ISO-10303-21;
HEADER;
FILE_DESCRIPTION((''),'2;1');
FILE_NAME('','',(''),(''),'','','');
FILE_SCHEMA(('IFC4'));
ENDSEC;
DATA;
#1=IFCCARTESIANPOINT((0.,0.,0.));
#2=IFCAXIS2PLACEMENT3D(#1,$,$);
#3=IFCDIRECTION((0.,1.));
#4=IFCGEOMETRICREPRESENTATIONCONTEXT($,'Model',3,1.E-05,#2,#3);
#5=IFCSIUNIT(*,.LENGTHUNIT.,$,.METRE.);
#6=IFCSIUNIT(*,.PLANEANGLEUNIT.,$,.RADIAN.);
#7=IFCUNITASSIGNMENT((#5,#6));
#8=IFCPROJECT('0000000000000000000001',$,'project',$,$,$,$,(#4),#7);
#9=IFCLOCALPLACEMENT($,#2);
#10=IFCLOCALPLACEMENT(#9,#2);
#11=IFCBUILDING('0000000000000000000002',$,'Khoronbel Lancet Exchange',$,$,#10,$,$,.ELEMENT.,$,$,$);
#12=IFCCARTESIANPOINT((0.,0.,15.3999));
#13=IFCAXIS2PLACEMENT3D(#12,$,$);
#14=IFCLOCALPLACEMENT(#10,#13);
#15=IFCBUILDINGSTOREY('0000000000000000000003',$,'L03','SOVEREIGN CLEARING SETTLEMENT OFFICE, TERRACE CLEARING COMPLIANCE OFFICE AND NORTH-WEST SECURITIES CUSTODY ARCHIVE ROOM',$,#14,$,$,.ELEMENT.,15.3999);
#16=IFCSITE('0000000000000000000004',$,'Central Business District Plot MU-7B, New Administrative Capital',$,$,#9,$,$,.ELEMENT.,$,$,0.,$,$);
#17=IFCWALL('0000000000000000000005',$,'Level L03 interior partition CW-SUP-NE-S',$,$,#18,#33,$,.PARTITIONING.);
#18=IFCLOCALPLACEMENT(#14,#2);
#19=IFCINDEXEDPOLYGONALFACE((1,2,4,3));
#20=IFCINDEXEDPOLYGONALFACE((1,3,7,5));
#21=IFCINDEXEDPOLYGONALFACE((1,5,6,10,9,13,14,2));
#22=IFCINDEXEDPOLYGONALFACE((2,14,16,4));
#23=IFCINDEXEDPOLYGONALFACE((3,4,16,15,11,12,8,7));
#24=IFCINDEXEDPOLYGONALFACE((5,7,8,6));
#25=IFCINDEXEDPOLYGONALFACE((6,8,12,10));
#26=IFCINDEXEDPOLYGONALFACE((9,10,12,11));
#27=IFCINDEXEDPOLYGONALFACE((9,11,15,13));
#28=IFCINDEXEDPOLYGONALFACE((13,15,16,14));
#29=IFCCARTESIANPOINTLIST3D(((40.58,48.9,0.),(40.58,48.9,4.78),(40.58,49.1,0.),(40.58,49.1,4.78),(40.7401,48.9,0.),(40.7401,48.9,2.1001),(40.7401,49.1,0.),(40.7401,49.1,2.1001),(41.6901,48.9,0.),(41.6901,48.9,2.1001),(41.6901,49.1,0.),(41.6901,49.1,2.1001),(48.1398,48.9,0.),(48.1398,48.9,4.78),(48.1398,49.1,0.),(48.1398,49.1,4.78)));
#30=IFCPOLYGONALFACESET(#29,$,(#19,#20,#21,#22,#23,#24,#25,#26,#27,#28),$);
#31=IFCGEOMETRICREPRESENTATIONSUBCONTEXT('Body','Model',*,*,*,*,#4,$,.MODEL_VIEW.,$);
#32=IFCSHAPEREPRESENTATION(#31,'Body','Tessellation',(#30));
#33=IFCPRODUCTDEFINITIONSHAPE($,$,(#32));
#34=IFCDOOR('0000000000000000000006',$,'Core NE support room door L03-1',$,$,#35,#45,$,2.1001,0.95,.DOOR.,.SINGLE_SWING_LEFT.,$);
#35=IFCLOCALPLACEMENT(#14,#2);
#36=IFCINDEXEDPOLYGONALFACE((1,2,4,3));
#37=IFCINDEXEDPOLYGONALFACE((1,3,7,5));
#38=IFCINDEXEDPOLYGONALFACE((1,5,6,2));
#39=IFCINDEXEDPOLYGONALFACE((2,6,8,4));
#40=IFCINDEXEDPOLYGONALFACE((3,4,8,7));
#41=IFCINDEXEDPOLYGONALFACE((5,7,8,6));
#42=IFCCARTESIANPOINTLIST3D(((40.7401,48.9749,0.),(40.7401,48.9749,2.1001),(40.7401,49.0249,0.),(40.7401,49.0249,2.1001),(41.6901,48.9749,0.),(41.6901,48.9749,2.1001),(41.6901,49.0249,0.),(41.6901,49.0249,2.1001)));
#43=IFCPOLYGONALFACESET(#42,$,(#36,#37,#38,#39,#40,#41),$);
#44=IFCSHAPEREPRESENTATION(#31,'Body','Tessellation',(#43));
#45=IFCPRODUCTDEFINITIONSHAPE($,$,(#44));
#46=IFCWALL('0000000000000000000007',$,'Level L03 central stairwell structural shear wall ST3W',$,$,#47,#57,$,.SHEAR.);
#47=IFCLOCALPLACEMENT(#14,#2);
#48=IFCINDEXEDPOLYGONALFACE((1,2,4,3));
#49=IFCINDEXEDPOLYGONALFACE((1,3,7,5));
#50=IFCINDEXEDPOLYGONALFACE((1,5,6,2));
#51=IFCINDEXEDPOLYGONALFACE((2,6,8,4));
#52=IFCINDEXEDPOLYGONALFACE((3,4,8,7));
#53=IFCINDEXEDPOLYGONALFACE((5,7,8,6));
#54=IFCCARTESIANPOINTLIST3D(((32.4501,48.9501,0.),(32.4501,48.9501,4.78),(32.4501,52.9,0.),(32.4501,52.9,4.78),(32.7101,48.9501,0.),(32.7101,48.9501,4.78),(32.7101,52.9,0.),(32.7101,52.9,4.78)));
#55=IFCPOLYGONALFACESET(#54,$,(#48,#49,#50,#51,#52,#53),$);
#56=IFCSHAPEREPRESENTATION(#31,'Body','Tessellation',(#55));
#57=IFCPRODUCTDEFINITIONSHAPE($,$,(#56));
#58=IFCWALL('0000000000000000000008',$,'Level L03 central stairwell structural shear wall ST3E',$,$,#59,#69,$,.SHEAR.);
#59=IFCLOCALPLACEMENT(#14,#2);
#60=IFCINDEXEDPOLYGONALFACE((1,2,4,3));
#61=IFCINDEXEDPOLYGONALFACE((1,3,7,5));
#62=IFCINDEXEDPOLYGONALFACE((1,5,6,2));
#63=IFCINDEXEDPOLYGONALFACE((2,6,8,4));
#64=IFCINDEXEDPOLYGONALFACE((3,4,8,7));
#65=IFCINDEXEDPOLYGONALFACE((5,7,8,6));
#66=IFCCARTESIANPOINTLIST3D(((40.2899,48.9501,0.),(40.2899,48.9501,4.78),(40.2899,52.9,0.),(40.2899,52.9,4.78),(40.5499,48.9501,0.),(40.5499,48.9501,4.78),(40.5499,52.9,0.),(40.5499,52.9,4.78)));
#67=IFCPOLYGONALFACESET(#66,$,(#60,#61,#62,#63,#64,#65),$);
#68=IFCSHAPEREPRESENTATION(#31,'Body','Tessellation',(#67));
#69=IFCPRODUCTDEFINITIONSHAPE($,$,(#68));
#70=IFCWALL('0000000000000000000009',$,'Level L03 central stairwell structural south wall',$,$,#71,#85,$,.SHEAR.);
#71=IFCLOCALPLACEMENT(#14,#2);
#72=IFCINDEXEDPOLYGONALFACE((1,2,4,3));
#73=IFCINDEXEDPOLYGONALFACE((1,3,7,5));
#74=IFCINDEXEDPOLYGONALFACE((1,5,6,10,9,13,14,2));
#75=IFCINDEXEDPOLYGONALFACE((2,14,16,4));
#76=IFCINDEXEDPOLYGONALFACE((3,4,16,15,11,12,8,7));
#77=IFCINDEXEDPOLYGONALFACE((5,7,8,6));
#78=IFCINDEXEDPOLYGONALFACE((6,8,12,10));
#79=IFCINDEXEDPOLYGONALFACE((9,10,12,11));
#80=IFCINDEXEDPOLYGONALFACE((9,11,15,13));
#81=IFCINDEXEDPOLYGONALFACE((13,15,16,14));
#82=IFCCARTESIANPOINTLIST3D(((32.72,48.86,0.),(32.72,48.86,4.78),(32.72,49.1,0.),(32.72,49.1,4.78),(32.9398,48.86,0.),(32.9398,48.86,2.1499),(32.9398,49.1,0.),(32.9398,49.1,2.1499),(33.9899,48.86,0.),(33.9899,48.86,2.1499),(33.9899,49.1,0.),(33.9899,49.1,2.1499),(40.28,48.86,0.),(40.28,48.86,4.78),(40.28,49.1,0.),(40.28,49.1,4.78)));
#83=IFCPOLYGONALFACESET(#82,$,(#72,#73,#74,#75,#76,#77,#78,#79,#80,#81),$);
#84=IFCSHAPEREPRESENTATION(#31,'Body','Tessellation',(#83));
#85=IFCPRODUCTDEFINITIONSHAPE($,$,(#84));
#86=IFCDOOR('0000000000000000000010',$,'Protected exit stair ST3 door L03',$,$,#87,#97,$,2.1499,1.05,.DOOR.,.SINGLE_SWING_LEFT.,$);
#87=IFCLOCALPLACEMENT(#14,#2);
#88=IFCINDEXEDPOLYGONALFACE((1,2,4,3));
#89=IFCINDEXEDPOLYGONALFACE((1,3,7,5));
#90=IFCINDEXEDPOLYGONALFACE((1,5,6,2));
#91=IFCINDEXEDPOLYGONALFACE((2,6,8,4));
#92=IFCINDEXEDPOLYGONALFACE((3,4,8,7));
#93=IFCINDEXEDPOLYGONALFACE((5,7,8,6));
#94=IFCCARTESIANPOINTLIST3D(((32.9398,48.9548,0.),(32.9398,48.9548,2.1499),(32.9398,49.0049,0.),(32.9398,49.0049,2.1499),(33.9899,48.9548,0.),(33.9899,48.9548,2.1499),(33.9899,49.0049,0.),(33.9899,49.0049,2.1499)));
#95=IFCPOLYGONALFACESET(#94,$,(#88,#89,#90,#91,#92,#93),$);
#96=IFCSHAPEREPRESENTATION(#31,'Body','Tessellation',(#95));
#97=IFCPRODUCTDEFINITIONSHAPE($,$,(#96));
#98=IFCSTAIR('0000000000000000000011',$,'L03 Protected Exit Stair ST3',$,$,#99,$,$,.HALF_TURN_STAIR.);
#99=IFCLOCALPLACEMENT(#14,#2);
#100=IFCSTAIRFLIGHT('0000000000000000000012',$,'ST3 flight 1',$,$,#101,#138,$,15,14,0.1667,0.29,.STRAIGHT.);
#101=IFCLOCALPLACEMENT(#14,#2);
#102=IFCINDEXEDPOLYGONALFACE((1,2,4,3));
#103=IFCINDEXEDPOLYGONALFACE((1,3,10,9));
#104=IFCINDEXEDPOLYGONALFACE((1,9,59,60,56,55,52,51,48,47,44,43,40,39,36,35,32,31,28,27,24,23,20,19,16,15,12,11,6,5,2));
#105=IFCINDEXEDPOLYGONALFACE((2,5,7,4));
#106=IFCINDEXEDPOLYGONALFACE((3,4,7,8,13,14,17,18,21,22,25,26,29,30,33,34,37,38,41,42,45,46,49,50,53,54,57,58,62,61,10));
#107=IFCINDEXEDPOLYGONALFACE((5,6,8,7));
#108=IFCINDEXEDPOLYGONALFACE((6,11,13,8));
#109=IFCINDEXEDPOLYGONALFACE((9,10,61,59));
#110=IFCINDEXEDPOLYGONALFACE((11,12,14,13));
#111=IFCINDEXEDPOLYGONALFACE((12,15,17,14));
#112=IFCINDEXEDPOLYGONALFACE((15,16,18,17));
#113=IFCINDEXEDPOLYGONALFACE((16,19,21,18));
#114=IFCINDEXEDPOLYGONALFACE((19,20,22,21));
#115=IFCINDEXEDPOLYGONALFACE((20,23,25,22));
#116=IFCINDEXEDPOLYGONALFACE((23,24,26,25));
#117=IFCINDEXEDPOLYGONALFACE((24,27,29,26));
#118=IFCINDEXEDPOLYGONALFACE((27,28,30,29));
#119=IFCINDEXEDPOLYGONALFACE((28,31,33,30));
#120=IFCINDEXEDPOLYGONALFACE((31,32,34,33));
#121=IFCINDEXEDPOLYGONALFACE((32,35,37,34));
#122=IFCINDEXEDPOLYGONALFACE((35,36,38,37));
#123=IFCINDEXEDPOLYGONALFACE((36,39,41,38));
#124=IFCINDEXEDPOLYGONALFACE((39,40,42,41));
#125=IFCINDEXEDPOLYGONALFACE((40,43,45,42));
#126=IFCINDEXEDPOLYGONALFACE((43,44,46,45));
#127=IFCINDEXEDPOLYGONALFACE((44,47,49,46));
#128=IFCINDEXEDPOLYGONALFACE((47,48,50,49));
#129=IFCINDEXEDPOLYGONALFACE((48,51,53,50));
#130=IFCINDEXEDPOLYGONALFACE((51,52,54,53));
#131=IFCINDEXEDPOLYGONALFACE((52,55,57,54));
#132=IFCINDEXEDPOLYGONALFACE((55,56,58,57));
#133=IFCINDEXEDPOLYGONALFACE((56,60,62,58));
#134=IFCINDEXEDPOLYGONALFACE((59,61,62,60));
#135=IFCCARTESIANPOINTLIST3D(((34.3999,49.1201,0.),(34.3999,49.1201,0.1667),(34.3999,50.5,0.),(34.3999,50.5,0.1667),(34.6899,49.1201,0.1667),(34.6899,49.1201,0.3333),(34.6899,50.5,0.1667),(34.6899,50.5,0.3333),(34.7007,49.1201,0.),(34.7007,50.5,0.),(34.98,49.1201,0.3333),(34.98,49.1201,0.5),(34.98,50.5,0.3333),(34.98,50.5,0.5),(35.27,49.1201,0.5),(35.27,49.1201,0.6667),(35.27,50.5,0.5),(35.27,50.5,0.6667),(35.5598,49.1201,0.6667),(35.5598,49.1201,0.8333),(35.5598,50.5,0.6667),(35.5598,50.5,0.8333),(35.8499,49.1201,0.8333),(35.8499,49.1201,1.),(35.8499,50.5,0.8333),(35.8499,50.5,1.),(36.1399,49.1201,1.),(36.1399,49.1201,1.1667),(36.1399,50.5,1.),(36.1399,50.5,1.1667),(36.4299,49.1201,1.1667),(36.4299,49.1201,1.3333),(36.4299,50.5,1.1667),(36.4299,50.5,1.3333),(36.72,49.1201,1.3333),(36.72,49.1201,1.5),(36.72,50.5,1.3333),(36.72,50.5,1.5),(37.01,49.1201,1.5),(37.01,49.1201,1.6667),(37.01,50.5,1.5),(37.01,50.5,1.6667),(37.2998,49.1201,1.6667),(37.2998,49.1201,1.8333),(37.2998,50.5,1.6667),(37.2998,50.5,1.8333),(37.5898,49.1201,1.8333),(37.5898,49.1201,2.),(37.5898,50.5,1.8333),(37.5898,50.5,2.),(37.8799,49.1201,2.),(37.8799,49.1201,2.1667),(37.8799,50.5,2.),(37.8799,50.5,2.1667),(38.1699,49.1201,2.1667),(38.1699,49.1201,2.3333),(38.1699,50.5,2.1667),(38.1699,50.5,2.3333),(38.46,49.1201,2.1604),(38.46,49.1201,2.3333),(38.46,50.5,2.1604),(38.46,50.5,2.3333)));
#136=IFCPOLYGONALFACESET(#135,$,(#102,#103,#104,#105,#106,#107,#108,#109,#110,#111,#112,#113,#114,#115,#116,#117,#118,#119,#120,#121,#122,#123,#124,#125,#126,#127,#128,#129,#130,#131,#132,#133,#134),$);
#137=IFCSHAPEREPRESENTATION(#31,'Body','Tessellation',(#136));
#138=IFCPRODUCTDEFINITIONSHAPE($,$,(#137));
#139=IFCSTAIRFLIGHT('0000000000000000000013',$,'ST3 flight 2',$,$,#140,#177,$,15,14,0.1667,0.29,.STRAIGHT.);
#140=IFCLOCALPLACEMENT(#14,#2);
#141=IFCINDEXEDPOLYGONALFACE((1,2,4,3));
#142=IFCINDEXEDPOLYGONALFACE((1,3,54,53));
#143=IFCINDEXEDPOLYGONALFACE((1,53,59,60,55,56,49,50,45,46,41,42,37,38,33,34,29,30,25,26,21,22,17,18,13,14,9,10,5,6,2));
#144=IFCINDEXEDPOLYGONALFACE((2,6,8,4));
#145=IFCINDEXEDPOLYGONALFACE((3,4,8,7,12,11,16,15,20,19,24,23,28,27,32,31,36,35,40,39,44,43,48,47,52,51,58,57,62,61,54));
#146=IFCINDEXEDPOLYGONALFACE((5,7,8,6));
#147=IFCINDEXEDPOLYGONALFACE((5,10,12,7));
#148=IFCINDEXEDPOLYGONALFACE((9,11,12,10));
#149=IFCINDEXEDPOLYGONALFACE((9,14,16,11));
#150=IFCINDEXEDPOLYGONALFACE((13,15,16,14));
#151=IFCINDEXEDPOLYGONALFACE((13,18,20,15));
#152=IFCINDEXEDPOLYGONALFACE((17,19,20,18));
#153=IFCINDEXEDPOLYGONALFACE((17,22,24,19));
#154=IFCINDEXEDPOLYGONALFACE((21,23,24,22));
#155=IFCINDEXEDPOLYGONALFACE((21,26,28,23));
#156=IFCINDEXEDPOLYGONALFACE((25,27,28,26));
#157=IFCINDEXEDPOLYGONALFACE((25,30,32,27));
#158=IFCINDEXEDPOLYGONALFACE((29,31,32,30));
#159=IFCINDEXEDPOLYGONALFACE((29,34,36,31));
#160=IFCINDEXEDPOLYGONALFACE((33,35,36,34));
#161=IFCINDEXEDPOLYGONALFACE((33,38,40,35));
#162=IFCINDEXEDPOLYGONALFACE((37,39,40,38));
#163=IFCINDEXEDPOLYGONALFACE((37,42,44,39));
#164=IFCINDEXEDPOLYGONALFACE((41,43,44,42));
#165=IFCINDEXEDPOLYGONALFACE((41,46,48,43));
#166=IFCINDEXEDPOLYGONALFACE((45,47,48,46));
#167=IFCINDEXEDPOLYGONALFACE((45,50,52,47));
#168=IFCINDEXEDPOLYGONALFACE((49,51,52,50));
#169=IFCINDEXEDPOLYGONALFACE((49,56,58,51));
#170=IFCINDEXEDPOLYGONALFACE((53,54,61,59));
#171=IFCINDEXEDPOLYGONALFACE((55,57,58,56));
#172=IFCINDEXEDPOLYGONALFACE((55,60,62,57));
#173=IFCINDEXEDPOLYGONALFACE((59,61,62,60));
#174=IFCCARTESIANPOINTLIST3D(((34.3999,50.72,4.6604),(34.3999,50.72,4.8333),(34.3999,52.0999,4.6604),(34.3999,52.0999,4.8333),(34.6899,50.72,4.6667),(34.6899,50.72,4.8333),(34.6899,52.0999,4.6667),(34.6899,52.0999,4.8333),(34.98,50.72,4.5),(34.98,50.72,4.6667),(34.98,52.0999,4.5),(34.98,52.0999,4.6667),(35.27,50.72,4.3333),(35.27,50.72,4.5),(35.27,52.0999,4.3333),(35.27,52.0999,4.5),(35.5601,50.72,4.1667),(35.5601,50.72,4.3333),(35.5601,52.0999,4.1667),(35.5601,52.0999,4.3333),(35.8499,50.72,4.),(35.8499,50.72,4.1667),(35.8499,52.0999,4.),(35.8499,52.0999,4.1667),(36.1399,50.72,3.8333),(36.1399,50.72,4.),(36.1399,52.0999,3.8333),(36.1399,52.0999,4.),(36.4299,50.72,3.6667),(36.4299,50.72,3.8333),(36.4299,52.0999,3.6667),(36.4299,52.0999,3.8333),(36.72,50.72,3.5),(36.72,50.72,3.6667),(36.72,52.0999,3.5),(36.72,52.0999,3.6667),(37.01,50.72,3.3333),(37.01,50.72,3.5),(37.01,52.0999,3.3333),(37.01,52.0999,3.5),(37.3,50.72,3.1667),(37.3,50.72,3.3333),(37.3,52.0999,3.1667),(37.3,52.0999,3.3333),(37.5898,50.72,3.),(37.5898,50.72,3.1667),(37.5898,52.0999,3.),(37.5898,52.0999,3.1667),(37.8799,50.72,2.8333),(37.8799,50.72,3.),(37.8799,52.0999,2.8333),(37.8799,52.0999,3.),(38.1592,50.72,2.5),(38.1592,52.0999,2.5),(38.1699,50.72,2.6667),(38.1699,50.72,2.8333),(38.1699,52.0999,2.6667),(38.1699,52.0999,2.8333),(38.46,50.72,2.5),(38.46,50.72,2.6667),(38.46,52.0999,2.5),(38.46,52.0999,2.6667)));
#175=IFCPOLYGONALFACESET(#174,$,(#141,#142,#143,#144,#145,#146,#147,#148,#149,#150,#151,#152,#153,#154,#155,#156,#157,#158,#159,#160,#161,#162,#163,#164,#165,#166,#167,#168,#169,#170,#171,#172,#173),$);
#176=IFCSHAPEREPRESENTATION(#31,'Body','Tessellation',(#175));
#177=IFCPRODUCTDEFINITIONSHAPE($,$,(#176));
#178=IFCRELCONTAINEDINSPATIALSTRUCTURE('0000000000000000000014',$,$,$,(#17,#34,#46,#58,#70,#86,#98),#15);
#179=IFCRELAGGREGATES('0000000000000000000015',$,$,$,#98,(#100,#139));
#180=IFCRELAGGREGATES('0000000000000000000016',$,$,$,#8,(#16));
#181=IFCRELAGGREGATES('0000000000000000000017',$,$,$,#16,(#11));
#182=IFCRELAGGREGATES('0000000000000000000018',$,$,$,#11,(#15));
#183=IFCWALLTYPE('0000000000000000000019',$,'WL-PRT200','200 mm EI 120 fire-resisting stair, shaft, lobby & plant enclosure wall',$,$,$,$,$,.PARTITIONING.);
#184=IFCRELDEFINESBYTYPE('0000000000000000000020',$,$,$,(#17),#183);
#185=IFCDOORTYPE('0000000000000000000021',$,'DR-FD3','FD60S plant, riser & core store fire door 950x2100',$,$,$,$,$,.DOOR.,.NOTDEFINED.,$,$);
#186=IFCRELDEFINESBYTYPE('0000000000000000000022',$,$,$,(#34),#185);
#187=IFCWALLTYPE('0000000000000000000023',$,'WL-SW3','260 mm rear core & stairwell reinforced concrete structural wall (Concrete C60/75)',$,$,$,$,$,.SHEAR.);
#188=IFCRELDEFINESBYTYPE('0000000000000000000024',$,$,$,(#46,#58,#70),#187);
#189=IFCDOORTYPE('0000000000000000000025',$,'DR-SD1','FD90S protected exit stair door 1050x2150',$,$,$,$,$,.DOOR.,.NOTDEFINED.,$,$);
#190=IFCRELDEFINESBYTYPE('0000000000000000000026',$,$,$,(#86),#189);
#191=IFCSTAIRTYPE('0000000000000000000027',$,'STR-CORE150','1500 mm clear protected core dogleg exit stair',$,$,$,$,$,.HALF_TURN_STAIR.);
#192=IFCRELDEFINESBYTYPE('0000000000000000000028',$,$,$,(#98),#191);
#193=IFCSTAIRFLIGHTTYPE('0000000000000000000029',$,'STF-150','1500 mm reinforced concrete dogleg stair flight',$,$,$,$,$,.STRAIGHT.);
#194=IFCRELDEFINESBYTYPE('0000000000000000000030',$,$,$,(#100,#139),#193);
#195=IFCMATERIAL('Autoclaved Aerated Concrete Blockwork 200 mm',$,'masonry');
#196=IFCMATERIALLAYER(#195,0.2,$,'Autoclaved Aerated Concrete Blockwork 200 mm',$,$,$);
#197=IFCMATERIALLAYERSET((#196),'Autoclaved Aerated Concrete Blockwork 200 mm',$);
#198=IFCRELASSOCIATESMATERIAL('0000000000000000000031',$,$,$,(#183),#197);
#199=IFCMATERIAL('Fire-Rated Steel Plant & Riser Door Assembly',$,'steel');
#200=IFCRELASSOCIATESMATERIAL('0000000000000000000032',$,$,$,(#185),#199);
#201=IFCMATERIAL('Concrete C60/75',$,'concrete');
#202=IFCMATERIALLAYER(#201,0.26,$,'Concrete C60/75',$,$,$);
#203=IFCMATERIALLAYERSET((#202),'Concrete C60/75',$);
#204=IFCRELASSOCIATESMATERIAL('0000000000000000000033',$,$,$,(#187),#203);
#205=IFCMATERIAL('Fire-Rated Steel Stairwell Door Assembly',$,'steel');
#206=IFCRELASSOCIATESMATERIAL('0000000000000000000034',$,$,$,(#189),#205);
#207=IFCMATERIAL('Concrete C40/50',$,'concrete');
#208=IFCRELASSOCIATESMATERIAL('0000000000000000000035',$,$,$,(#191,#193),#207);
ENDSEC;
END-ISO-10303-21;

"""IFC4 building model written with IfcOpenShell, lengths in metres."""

from ifc_helpers import new_model, si_unit, direction, frame, frame_2d, origin, place, context, subcontext, project, spatial, polyline, rectangle, outline, extrude, material, layer, layer_set, type_object, element, fill, aggregate, save


model = new_model("IFC4")

# Units and contexts
model_context = context("Model", 3, precision=1e-05, world=origin(), true_north=direction((0.0, 1.0)))
body_context = subcontext(model_context, "Body", "Model", "MODEL_VIEW")
ifc_project = project(units=[si_unit("LENGTHUNIT", "METRE"), si_unit("PLANEANGLEUNIT", "RADIAN")], contexts=[model_context])

# Site, building, storey
site_placement = place(None, origin())
site = spatial("IfcSite", under=ifc_project, at=site_placement, Name="Central Business District Plot MU-7B, New Administrative Capital", CompositionType="ELEMENT", RefElevation=0.0)
building_placement = place(site_placement, origin())
building = spatial("IfcBuilding", under=site, at=building_placement, Name="Khoronbel Lancet Exchange", CompositionType="ELEMENT")
storey_placement = place(building_placement, frame((0.0, 0.0, 15.3999)))
storey = spatial("IfcBuildingStorey", under=building, at=storey_placement, Name="L03", Description="SOVEREIGN CLEARING SETTLEMENT OFFICE, TERRACE CLEARING COMPLIANCE OFFICE AND NORTH-WEST SECURITIES CUSTODY ARCHIVE ROOM", CompositionType="ELEMENT", Elevation=15.3999)

# Shared definitions
ifc_material_1 = material(Name="Autoclaved Aerated Concrete Blockwork 200 mm", Category="masonry")
ifc_layer_1 = layer(ifc_material_1, 0.2, Name="Autoclaved Aerated Concrete Blockwork 200 mm")
ifc_layer_set_1 = layer_set([ifc_layer_1], Name="Autoclaved Aerated Concrete Blockwork 200 mm")
wall_type_1 = type_object("IfcWallType", Name="WL-PRT200", Description="200 mm EI 120 fire-resisting stair, shaft, lobby & plant enclosure wall", PredefinedType="PARTITIONING", material=ifc_layer_set_1)

# Wall, opening, door
wall_1_placement = place(storey_placement, frame((40.5801, 49.0, 0.0), z_axis=(0.0, 0.0, 1.0), x_axis=(1.0, 0.0, 0.0)))
wall_1 = element("IfcWall", 1, at=wall_1_placement, inside=storey, type_object=wall_type_1, Name="Level L03 interior partition CW-SUP-NE-S", PredefinedType="PARTITIONING", context=body_context, shape_type="SweptSolid", body=[
    extrude(rectangle(XDim=7.5598, YDim=0.2, at=frame_2d((3.7798, 0.0))), origin(), (0.0, 0.0, 1.0), 4.78),
])
opening_1_placement = place(wall_1_placement, frame((0.1599, 0.0, 0.0)))
opening_1 = element("IfcOpeningElement", 2, at=opening_1_placement, cuts=wall_1, PredefinedType="OPENING", context=body_context, shape_type="SweptSolid", body=[
    extrude(rectangle(XDim=0.95, YDim=2.1001, at=frame_2d((0.4751, 1.05))), frame((0.0, 0.1099, 0.0), z_axis=(0.0, -1.0, 0.0), x_axis=(1.0, 0.0, 0.0)), (0.0, 0.0, 1.0), 0.22),
])
ifc_material_2 = material(Name="Fire-Rated Steel Plant & Riser Door Assembly", Category="steel")
door_type_1 = type_object("IfcDoorType", Name="DR-FD3", Description="FD60S plant, riser & core store fire door 950x2100", OperationType="NOTDEFINED", PredefinedType="DOOR", material=ifc_material_2)
door_1_placement = place(opening_1_placement, origin())
door_1 = element("IfcDoor", 3, at=door_1_placement, inside=storey, type_object=door_type_1, Name="Core NE support room door L03-1", OperationType="SINGLE_SWING_LEFT", OverallHeight=2.1001, OverallWidth=0.95, PredefinedType="DOOR", context=body_context, shape_type="SweptSolid", body=[
    extrude(rectangle(XDim=0.95, YDim=2.1001, at=frame_2d((0.4751, 1.05))), frame((0.0, 0.0249, 0.0), z_axis=(0.0, -1.0, 0.0), x_axis=(1.0, 0.0, 0.0)), (0.0, 0.0, 1.0), 0.05),
])
fill(opening_1, door_1)

# Walls
ifc_material_3 = material(Name="Concrete C60/75", Category="concrete")
ifc_layer_2 = layer(ifc_material_3, 0.26, Name="Concrete C60/75")
ifc_layer_set_2 = layer_set([ifc_layer_2], Name="Concrete C60/75")
wall_type_2 = type_object("IfcWallType", Name="WL-SW3", Description="260 mm rear core & stairwell reinforced concrete structural wall (Concrete C60/75)", PredefinedType="SHEAR", material=ifc_layer_set_2)
for number, where, z_axis, x_axis, name in (
    (4, (32.5801, 48.95, 0.0), (0.0, 0.0, 1.0), (0.0, 1.0, 0.0), "Level L03 central stairwell structural shear wall ST3W"),
    (5, (40.4199, 48.95, 0.0), (0.0, 0.0, 1.0), (0.0, 1.0, 0.0), "Level L03 central stairwell structural shear wall ST3E"),
):
    element("IfcWall", number, at=place(storey_placement, frame(where, z_axis=z_axis, x_axis=x_axis)), inside=storey, type_object=wall_type_2, Name=name, PredefinedType="SHEAR", context=body_context, shape_type="SweptSolid", body=[
        extrude(rectangle(XDim=3.95, YDim=0.26, at=frame_2d((1.9751, 0.0))), origin(), (0.0, 0.0, 1.0), 4.78),
    ])

# Wall, opening, door
wall_2_placement = place(storey_placement, frame((32.72, 48.98, 0.0), z_axis=(0.0, 0.0, 1.0), x_axis=(1.0, 0.0, 0.0)))
wall_2 = element("IfcWall", 6, at=wall_2_placement, inside=storey, type_object=wall_type_2, Name="Level L03 central stairwell structural south wall", PredefinedType="SHEAR", context=body_context, shape_type="SweptSolid", body=[
    extrude(rectangle(XDim=7.5601, YDim=0.24, at=frame_2d((3.78, 0.0))), origin(), (0.0, 0.0, 1.0), 4.78),
])
opening_2_placement = place(wall_2_placement, frame((0.22, 0.0, 0.0)))
opening_2 = element("IfcOpeningElement", 7, at=opening_2_placement, cuts=wall_2, PredefinedType="OPENING", context=body_context, shape_type="SweptSolid", body=[
    extrude(rectangle(XDim=1.05, YDim=2.1499, at=frame_2d((0.5249, 1.075))), frame((0.0, 0.1299, 0.0), z_axis=(0.0, -1.0, 0.0), x_axis=(1.0, 0.0, 0.0)), (0.0, 0.0, 1.0), 0.26),
])
ifc_material_4 = material(Name="Fire-Rated Steel Stairwell Door Assembly", Category="steel")
door_type_2 = type_object("IfcDoorType", Name="DR-SD1", Description="FD90S protected exit stair door 1050x2150", OperationType="NOTDEFINED", PredefinedType="DOOR", material=ifc_material_4)
door_2_placement = place(opening_2_placement, origin())
door_2 = element("IfcDoor", 8, at=door_2_placement, inside=storey, type_object=door_type_2, Name="Protected exit stair ST3 door L03", OperationType="SINGLE_SWING_LEFT", OverallHeight=2.1499, OverallWidth=1.05, PredefinedType="DOOR", context=body_context, shape_type="SweptSolid", body=[
    extrude(rectangle(XDim=1.05, YDim=2.1499, at=frame_2d((0.5249, 1.075))), frame((0.0, 0.0249, 0.0), z_axis=(0.0, -1.0, 0.0), x_axis=(1.0, 0.0, 0.0)), (0.0, 0.0, 1.0), 0.05),
])
fill(opening_2, door_2)

# Stair, stair flights
ifc_material_5 = material(Name="Concrete C40/50", Category="concrete")
stair_type = type_object("IfcStairType", Name="STR-CORE150", Description="1500 mm clear protected core dogleg exit stair", PredefinedType="HALF_TURN_STAIR", material=ifc_material_5)
stair_placement = place(storey_placement, origin())
stair = element("IfcStair", 9, at=stair_placement, inside=storey, type_object=stair_type, Name="L03 Protected Exit Stair ST3", PredefinedType="HALF_TURN_STAIR")
stair_flight_type = type_object("IfcStairFlightType", Name="STF-150", Description="1500 mm reinforced concrete dogleg stair flight", PredefinedType="STRAIGHT", material=ifc_material_5)
stair_flight_1_placement = place(storey_placement, frame((34.3999, 49.8101, 0.0), z_axis=(0.0, 0.0, 1.0), x_axis=(1.0, 0.0, 0.0)))
stair_flight_1 = element("IfcStairFlight", 10, at=stair_flight_1_placement, type_object=stair_flight_type, Name="ST3 flight 1", NumberOfRisers=15, NumberOfTreads=14, PredefinedType="STRAIGHT", RiserHeight=0.1667, TreadLength=0.29, context=body_context, shape_type="SweptSolid", body=[
    extrude(outline(polyline([(0.0, 0.0), (0.0, 0.1667), (0.29, 0.1667), (0.29, 0.3333), (0.5801, 0.3333), (0.5801, 0.5), (0.8701, 0.5), (0.8701, 0.6667), (1.1599, 0.6667), (1.1599, 0.8333), (1.45, 0.8333), (1.45, 1.0), (1.74, 1.0), (1.74, 1.1667), (2.03, 1.1667), (2.03, 1.3333), (2.3201, 1.3333), (2.3201, 1.5), (2.6101, 1.5), (2.6101, 1.6667), (2.8999, 1.6667), (2.8999, 1.8333), (3.1899, 1.8333), (3.1899, 2.0), (3.48, 2.0), (3.48, 2.1667), (3.77, 2.1667), (3.77, 2.3333), (4.0601, 2.3333), (4.0601, 2.5), (4.0601, 2.1604), (0.3008, 0.0), (0.0, 0.0)])), frame((0.0, 0.6899, 0.0), z_axis=(0.0, -1.0, 0.0), x_axis=(1.0, 0.0, 0.0)), (0.0, 0.0, 1.0), 1.3799),
])
stair_flight_2_placement = place(storey_placement, frame((38.46, 51.4099, 2.5), z_axis=(0.0, 0.0, 1.0), x_axis=(-1.0, 0.0, 0.0)))
stair_flight_2 = element("IfcStairFlight", 11, at=stair_flight_2_placement, type_object=stair_flight_type, Name="ST3 flight 2", NumberOfRisers=15, NumberOfTreads=14, PredefinedType="STRAIGHT", RiserHeight=0.1667, TreadLength=0.29, context=body_context, shape_type="SweptSolid", body=[
    extrude(outline(polyline([(0.0, 0.0), (0.0, 0.1667), (0.29, 0.1667), (0.29, 0.3333), (0.5801, 0.3333), (0.5801, 0.5), (0.8701, 0.5), (0.8701, 0.6667), (1.1599, 0.6667), (1.1599, 0.8333), (1.45, 0.8333), (1.45, 1.0), (1.74, 1.0), (1.74, 1.1667), (2.03, 1.1667), (2.03, 1.3333), (2.3201, 1.3333), (2.3201, 1.5), (2.6101, 1.5), (2.6101, 1.6667), (2.8999, 1.6667), (2.8999, 1.8333), (3.1899, 1.8333), (3.1899, 2.0), (3.48, 2.0), (3.48, 2.1667), (3.77, 2.1667), (3.77, 2.3333), (4.0601, 2.3333), (4.0601, 2.5), (4.0601, 2.1604), (0.3008, 0.0), (0.0, 0.0)])), frame((0.0, 0.6899, 0.0), z_axis=(0.0, -1.0, 0.0), x_axis=(1.0, 0.0, 0.0)), (0.0, 0.0, 1.0), 1.3799),
])
aggregate(stair, [stair_flight_1, stair_flight_2])

save(model, "model.ifc")
